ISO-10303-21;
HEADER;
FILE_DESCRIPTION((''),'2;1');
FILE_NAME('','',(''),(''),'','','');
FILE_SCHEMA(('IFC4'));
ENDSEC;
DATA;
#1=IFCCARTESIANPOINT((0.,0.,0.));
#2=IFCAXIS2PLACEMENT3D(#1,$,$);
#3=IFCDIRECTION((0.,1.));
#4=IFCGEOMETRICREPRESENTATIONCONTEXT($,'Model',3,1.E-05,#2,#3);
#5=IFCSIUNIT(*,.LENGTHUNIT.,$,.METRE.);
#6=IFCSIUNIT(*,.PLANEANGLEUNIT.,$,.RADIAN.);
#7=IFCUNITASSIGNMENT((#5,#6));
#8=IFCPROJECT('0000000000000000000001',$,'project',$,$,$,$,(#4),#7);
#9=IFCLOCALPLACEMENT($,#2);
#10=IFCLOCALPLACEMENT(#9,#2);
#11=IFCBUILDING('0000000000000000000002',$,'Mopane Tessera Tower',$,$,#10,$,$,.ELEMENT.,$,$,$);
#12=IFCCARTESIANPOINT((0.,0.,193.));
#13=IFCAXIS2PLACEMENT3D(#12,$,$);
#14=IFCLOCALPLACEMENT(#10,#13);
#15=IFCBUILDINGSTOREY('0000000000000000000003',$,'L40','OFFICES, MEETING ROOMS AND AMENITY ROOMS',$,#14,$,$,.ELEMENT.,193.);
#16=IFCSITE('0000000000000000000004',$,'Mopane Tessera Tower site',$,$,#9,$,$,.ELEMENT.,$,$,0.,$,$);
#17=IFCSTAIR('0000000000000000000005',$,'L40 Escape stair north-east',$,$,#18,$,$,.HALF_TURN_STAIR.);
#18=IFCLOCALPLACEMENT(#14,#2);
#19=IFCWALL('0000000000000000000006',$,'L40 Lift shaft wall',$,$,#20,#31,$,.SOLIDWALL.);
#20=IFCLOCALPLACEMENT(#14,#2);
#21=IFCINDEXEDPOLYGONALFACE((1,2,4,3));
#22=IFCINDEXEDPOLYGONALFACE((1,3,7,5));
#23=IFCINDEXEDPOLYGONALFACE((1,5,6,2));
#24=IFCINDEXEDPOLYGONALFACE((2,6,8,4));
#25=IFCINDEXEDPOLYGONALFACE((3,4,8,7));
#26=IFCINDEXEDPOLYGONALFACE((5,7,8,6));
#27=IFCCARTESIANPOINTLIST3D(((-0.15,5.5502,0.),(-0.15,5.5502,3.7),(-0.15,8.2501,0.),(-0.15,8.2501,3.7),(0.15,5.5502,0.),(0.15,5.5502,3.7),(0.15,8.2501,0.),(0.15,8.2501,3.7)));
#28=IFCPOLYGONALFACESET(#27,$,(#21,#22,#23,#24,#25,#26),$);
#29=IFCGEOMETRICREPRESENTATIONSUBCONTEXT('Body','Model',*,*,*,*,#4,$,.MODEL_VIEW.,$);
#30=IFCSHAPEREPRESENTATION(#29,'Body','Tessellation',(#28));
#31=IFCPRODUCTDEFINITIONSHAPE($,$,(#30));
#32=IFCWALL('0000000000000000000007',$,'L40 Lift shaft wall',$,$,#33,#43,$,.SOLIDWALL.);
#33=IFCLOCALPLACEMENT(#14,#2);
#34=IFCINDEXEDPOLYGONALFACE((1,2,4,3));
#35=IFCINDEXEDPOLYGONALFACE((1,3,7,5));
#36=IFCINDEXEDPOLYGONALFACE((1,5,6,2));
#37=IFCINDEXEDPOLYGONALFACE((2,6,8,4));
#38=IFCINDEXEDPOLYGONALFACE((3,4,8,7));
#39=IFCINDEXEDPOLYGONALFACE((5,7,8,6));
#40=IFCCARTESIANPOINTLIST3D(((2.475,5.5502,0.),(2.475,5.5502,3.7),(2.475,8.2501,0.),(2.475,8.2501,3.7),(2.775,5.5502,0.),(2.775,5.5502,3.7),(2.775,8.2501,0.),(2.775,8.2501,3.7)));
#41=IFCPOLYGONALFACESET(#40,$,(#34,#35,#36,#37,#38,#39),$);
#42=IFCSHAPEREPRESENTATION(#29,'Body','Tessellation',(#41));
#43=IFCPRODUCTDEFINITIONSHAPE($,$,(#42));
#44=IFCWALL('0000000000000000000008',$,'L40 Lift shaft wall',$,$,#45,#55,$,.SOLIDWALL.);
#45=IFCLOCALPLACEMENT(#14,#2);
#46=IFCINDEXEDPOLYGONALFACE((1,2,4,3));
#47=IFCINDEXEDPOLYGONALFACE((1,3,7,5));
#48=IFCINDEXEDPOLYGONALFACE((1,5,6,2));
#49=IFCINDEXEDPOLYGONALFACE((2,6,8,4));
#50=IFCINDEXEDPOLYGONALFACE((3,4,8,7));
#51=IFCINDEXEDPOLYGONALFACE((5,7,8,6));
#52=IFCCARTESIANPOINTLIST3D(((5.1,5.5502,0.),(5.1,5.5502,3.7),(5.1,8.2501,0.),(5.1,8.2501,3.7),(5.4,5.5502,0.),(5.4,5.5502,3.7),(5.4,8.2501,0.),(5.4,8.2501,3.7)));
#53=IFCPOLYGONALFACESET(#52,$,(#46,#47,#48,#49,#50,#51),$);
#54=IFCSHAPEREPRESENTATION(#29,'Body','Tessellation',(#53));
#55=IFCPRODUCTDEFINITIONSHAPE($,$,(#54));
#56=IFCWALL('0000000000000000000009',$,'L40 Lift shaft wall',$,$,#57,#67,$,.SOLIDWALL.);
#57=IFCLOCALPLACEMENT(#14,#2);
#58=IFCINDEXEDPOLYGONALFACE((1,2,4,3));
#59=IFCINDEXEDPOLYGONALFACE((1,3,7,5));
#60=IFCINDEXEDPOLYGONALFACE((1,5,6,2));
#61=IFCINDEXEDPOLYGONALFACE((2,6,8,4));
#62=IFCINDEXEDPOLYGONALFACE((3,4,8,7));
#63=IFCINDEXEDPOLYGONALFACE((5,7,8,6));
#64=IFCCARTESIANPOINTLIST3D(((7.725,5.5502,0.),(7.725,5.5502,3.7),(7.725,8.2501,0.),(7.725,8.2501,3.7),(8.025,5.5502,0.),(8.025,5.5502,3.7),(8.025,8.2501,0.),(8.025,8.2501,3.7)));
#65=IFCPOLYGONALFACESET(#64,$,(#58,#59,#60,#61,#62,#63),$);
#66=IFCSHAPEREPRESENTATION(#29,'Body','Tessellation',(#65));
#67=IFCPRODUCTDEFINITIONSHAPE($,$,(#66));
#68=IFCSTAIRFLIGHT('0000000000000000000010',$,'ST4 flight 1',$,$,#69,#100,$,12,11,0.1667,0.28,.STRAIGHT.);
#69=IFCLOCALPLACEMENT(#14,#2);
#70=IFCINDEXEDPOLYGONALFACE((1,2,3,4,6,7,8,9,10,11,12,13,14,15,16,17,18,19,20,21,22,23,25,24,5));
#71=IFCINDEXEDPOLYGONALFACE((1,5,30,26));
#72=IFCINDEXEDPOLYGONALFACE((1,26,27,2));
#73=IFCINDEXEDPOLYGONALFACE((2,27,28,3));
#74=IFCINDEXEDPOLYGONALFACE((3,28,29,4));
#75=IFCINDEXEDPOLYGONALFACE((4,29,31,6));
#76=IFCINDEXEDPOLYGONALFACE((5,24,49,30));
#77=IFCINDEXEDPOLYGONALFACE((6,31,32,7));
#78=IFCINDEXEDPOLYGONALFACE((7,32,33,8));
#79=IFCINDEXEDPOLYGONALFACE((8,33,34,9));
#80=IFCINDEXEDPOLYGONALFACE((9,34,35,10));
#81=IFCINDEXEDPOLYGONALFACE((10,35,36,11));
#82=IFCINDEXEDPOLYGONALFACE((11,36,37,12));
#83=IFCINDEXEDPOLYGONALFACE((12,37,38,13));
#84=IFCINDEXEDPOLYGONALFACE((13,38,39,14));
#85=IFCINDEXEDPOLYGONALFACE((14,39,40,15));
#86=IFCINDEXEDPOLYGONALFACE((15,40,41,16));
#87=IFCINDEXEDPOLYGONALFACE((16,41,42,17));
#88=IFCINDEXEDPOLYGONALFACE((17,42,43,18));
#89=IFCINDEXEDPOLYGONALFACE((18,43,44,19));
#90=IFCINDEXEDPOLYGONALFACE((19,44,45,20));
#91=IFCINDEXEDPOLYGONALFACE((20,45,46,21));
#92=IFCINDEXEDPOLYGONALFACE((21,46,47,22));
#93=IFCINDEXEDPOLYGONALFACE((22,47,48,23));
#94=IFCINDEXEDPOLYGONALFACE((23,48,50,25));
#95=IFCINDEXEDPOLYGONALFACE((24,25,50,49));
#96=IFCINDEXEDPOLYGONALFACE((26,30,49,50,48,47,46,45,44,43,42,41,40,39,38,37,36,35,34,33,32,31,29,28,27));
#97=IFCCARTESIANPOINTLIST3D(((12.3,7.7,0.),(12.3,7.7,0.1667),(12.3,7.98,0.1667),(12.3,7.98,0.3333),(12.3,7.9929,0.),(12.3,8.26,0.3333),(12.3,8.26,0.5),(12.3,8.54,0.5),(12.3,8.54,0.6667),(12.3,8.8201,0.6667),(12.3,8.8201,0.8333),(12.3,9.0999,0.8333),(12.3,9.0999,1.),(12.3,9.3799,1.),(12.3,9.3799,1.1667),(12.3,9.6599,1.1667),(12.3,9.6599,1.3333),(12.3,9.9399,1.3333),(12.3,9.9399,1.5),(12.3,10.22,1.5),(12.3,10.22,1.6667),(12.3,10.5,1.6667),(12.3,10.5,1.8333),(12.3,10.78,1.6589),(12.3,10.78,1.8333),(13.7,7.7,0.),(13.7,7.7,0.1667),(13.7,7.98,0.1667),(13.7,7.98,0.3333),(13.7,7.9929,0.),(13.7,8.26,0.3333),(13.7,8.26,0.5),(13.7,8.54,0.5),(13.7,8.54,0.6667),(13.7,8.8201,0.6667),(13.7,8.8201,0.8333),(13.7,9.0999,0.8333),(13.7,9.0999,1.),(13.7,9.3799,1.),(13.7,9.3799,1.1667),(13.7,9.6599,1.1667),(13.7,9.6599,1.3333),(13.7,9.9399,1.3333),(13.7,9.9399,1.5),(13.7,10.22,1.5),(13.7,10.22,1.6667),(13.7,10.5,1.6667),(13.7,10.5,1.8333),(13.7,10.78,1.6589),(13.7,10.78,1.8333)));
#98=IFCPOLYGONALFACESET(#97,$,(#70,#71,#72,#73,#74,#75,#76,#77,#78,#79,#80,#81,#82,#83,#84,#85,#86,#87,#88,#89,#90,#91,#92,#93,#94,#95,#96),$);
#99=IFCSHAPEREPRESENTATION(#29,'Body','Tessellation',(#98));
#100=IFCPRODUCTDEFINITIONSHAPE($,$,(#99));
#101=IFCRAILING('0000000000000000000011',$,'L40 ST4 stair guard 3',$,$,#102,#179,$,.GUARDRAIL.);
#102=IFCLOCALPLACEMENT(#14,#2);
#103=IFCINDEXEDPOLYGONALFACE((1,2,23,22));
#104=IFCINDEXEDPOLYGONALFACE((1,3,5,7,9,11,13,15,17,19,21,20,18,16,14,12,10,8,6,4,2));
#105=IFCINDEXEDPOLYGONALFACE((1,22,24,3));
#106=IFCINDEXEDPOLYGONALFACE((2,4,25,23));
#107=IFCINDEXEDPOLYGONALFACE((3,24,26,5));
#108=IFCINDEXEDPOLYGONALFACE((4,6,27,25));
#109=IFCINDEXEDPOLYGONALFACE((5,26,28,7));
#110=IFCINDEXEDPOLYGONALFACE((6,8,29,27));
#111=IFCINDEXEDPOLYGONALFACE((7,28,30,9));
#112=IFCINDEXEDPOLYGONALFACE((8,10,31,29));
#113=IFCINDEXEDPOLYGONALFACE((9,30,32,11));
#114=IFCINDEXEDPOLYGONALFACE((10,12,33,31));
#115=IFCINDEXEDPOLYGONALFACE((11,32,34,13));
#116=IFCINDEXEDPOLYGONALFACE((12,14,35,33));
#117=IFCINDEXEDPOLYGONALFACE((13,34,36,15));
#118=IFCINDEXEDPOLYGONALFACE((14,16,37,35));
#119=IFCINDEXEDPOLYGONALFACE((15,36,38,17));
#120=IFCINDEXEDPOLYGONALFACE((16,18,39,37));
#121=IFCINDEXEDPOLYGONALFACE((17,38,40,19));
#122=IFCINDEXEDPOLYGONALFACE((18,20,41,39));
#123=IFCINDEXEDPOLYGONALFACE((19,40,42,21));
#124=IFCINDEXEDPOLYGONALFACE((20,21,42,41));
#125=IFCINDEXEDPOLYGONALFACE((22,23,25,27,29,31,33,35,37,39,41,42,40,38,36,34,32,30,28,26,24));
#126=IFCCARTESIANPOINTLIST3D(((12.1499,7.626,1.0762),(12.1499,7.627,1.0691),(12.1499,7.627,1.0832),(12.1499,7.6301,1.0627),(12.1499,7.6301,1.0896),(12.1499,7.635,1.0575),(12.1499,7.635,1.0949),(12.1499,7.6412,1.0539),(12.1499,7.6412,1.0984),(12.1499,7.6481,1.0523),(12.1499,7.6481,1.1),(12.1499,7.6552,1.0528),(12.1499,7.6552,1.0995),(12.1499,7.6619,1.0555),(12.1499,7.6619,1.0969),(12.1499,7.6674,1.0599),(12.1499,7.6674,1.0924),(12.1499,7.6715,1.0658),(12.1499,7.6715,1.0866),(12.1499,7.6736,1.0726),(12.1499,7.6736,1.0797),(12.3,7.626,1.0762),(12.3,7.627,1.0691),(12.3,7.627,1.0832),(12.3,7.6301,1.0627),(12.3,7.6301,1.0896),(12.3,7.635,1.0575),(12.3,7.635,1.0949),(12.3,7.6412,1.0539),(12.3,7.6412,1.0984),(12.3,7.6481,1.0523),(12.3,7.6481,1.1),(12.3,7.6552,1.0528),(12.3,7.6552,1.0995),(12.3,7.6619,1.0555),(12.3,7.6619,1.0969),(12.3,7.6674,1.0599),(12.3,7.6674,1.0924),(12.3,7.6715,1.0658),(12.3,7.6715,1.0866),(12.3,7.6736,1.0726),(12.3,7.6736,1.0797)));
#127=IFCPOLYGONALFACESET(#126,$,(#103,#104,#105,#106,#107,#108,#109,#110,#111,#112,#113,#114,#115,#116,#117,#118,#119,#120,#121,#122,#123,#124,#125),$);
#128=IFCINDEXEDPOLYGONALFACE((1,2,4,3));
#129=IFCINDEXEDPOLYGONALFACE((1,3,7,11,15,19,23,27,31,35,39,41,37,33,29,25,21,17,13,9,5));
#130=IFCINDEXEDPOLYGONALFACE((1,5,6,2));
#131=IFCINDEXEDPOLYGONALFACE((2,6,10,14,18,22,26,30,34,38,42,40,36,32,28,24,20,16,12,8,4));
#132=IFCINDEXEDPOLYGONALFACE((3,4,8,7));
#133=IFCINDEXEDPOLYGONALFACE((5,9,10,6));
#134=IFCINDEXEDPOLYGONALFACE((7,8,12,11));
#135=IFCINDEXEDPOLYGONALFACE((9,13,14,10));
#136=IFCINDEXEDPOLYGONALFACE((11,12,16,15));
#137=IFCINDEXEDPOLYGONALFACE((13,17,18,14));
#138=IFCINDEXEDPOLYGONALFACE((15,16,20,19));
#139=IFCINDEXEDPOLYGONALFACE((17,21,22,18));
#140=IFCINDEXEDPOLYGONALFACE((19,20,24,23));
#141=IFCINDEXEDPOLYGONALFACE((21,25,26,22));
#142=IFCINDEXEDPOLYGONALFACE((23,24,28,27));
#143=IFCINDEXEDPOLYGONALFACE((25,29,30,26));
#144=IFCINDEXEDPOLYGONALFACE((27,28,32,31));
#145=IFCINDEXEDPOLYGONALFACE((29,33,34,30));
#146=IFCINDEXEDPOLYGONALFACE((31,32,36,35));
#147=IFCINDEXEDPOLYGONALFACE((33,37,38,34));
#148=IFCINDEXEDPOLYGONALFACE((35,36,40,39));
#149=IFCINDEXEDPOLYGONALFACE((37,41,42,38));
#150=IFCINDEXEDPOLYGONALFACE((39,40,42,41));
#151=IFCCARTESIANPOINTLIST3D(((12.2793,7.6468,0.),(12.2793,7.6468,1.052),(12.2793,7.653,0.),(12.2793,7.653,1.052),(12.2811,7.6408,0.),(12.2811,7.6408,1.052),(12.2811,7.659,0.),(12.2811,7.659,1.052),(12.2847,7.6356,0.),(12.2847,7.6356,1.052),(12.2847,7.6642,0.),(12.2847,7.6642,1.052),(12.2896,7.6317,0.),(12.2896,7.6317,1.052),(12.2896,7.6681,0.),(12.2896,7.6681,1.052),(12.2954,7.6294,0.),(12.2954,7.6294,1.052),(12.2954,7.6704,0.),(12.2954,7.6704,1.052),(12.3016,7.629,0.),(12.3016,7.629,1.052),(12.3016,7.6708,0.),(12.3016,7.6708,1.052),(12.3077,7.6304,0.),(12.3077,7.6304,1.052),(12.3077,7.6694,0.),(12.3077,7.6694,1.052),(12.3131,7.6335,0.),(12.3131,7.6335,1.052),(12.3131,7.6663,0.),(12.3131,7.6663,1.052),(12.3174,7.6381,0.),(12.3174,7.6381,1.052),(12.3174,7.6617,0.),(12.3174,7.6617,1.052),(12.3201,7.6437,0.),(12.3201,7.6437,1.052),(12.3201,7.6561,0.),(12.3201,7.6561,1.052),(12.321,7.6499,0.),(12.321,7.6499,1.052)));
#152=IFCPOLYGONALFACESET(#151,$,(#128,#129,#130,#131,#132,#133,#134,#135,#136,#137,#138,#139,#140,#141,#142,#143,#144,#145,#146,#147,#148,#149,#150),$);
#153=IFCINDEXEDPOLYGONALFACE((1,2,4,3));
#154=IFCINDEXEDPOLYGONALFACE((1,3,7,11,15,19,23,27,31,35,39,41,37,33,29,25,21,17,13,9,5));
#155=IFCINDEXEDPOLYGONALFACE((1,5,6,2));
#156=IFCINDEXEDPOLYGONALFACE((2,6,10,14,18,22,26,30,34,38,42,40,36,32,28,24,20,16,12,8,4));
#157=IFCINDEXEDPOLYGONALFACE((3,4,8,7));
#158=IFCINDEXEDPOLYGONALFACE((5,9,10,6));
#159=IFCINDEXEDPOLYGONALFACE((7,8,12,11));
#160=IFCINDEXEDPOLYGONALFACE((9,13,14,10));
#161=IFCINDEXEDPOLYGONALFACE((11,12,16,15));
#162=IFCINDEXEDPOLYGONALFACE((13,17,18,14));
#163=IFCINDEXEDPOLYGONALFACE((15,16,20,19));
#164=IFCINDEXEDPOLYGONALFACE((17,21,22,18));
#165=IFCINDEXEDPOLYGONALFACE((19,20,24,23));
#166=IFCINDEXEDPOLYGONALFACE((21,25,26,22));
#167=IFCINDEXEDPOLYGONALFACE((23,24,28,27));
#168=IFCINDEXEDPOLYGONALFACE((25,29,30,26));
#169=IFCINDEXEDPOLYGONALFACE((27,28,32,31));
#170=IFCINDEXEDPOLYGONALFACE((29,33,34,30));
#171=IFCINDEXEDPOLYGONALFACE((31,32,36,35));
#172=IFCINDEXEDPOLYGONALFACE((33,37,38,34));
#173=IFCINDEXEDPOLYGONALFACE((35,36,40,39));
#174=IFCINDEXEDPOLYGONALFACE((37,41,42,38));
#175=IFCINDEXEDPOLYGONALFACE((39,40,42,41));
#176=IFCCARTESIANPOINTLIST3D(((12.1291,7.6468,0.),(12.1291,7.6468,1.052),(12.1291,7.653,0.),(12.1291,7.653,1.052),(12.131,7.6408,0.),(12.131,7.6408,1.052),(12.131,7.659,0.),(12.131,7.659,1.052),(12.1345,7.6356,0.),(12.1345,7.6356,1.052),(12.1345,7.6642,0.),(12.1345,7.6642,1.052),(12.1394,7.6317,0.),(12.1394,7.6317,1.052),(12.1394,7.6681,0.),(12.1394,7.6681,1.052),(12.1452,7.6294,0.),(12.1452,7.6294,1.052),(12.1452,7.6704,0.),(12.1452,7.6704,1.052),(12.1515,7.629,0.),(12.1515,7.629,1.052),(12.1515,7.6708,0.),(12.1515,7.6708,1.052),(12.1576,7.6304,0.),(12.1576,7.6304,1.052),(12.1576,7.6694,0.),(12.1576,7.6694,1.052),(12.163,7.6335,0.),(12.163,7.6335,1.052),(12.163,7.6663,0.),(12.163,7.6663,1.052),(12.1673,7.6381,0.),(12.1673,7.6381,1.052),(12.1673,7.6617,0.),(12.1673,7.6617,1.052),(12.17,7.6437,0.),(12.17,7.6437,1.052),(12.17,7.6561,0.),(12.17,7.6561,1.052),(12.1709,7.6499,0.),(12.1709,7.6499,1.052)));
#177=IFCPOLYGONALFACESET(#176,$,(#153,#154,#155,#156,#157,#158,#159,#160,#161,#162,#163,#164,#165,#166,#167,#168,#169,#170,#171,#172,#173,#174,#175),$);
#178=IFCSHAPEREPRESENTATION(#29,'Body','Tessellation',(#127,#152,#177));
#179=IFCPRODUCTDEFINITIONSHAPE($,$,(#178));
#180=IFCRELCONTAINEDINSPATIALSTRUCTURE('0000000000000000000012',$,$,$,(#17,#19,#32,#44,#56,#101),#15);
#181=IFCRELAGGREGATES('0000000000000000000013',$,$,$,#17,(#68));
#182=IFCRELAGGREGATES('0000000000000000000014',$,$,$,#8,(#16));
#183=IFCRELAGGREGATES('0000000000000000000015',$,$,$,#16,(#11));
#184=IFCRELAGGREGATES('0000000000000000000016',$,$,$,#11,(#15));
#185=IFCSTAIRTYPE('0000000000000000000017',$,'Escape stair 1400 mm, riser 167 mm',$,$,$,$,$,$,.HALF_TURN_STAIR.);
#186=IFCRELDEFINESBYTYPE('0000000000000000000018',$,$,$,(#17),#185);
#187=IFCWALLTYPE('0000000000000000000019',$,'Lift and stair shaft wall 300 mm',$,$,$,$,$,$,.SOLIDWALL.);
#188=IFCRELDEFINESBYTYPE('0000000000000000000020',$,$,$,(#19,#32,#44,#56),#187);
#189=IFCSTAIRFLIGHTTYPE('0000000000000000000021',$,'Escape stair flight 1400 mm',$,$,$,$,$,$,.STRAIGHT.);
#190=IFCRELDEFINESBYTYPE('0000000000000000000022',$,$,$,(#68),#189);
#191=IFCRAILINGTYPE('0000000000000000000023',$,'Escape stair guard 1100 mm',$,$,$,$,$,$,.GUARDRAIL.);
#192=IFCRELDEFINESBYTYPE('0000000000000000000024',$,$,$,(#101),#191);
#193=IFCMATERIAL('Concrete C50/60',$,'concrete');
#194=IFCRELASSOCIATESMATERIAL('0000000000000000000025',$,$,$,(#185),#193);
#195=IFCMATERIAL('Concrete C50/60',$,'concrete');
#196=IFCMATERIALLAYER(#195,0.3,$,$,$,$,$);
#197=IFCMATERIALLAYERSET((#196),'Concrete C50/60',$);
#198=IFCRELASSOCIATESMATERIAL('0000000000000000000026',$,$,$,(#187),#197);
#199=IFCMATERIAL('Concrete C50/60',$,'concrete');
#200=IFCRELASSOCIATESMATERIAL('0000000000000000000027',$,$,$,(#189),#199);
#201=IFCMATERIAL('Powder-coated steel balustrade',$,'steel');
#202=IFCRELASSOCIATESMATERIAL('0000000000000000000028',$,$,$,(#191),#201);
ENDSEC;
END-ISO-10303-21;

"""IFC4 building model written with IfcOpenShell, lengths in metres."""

from ifc_helpers import new_model, si_unit, direction, frame, frame_2d, origin, origin_2d, place, context, subcontext, project, spatial, polyline, rectangle, circle, outline, extrude, material, layer, layer_set, type_object, element, aggregate, save


model = new_model("IFC4")

# Units and contexts
model_context = context("Model", 3, precision=1e-05, world=origin(), true_north=direction((0.0, 1.0)))
body_context = subcontext(model_context, "Body", "Model", "MODEL_VIEW")
ifc_project = project(units=[si_unit("LENGTHUNIT", "METRE"), si_unit("PLANEANGLEUNIT", "RADIAN")], contexts=[model_context])

# Site, building, storey
site_placement = place(None, origin())
site = spatial("IfcSite", under=ifc_project, at=site_placement, Name="Mopane Tessera Tower site", CompositionType="ELEMENT", RefElevation=0.0)
building_placement = place(site_placement, origin())
building = spatial("IfcBuilding", under=site, at=building_placement, Name="Mopane Tessera Tower", CompositionType="ELEMENT")
storey_placement = place(building_placement, frame((0.0, 0.0, 193.0)))
storey = spatial("IfcBuildingStorey", under=building, at=storey_placement, Name="L40", Description="OFFICES, MEETING ROOMS AND AMENITY ROOMS", CompositionType="ELEMENT", Elevation=193.0)

# Stair
ifc_material_1 = material(Name="Concrete C50/60", Category="concrete")
stair_type = type_object("IfcStairType", Name="Escape stair 1400 mm, riser 167 mm", PredefinedType="HALF_TURN_STAIR", material=ifc_material_1)
stair_1_placement = place(storey_placement, origin())
stair_1 = element("IfcStair", 1, at=stair_1_placement, inside=storey, type_object=stair_type, Name="L40 Escape stair north-east", PredefinedType="HALF_TURN_STAIR")

# Shared definitions
ifc_material_2 = material(Name="Concrete C50/60", Category="concrete")
ifc_layer_1 = layer(ifc_material_2, 0.3)
ifc_layer_set_1 = layer_set([ifc_layer_1], Name="Concrete C50/60")
wall_type_1 = type_object("IfcWallType", Name="Lift and stair shaft wall 300 mm", PredefinedType="SOLIDWALL", material=ifc_layer_set_1)

# Walls
for number, where, z_axis, x_axis, name in (
    (2, (0.0, 5.55, 0.0), (0.0, 0.0, 1.0), (0.0, 1.0, 0.0), "L40 Lift shaft wall"),
    (3, (2.625, 5.55, 0.0), (0.0, 0.0, 1.0), (0.0, 1.0, 0.0), "L40 Lift shaft wall"),
    (4, (5.25, 5.55, 0.0), (0.0, 0.0, 1.0), (0.0, 1.0, 0.0), "L40 Lift shaft wall"),
    (5, (7.875, 5.55, 0.0), (0.0, 0.0, 1.0), (0.0, 1.0, 0.0), "L40 Lift shaft wall"),
):
    element("IfcWall", number, at=place(storey_placement, frame(where, z_axis=z_axis, x_axis=x_axis)), inside=storey, type_object=wall_type_1, Name=name, PredefinedType="SOLIDWALL", context=body_context, shape_type="SweptSolid", body=[
        extrude(rectangle(XDim=2.7, YDim=0.3, at=frame_2d((1.3501, 0.0))), origin(), (0.0, 0.0, 1.0), 3.7),
    ])

# Stair flight
ifc_material_3 = material(Name="Concrete C50/60", Category="concrete")
stair_flight_type = type_object("IfcStairFlightType", Name="Escape stair flight 1400 mm", PredefinedType="STRAIGHT", material=ifc_material_3)
stair_flight_placement = place(storey_placement, frame((13.0, 7.7, 0.0), z_axis=(0.0, 0.0, 1.0), x_axis=(0.0, 1.0, 0.0)))
stair_flight = element("IfcStairFlight", 6, at=stair_flight_placement, type_object=stair_flight_type, Name="ST4 flight 1", NumberOfRisers=12, NumberOfTreads=11, PredefinedType="STRAIGHT", RiserHeight=0.1667, TreadLength=0.28, context=body_context, shape_type="SweptSolid", body=[
    extrude(outline(polyline([(0.0, 0.0), (0.0, 0.1667), (0.28, 0.1667), (0.28, 0.3333), (0.5601, 0.3333), (0.5601, 0.5), (0.8401, 0.5), (0.8401, 0.6667), (1.1201, 0.6667), (1.1201, 0.8333), (1.3999, 0.8333), (1.3999, 1.0), (1.6799, 1.0), (1.6799, 1.1667), (1.96, 1.1667), (1.96, 1.3333), (2.24, 1.3333), (2.24, 1.5), (2.52, 1.5), (2.52, 1.6667), (2.8, 1.6667), (2.8, 1.8333), (3.0801, 1.8333), (3.0801, 2.0), (3.0801, 1.6589), (0.293, 0.0), (0.0, 0.0)])), frame((0.0, 0.7, 0.0), z_axis=(0.0, -1.0, 0.0), x_axis=(1.0, 0.0, 0.0)), (0.0, 0.0, 1.0), 1.3999),
])
aggregate(stair_1, [stair_flight])

# Railing
ifc_material_4 = material(Name="Powder-coated steel balustrade", Category="steel")
railing_type_1 = type_object("IfcRailingType", Name="Escape stair guard 1100 mm", PredefinedType="GUARDRAIL", material=ifc_material_4)
railing_1_placement = place(storey_placement, frame((12.3, 7.6499, 0.0)))
element("IfcRailing", 7, at=railing_1_placement, inside=storey, type_object=railing_type_1, Name="L40 ST4 stair guard 3", PredefinedType="GUARDRAIL", context=body_context, shape_type="SweptSolid", body=[
    extrude(circle(Radius=0.0239, at=origin_2d()), frame((0.0, 0.0, 1.0762), z_axis=(-1.0, 0.0, 0.0), x_axis=(0.0, -1.0, 0.0)), (0.0, 0.0, 1.0), 0.1501),
    extrude(circle(Radius=0.021, at=origin_2d()), origin(), (0.0, 0.0, 1.0), 1.052),
    extrude(circle(Radius=0.021, at=origin_2d()), frame((-0.1501, 0.0, 0.0)), (0.0, 0.0, 1.0), 1.052),
])

save(model, "model.ifc")
